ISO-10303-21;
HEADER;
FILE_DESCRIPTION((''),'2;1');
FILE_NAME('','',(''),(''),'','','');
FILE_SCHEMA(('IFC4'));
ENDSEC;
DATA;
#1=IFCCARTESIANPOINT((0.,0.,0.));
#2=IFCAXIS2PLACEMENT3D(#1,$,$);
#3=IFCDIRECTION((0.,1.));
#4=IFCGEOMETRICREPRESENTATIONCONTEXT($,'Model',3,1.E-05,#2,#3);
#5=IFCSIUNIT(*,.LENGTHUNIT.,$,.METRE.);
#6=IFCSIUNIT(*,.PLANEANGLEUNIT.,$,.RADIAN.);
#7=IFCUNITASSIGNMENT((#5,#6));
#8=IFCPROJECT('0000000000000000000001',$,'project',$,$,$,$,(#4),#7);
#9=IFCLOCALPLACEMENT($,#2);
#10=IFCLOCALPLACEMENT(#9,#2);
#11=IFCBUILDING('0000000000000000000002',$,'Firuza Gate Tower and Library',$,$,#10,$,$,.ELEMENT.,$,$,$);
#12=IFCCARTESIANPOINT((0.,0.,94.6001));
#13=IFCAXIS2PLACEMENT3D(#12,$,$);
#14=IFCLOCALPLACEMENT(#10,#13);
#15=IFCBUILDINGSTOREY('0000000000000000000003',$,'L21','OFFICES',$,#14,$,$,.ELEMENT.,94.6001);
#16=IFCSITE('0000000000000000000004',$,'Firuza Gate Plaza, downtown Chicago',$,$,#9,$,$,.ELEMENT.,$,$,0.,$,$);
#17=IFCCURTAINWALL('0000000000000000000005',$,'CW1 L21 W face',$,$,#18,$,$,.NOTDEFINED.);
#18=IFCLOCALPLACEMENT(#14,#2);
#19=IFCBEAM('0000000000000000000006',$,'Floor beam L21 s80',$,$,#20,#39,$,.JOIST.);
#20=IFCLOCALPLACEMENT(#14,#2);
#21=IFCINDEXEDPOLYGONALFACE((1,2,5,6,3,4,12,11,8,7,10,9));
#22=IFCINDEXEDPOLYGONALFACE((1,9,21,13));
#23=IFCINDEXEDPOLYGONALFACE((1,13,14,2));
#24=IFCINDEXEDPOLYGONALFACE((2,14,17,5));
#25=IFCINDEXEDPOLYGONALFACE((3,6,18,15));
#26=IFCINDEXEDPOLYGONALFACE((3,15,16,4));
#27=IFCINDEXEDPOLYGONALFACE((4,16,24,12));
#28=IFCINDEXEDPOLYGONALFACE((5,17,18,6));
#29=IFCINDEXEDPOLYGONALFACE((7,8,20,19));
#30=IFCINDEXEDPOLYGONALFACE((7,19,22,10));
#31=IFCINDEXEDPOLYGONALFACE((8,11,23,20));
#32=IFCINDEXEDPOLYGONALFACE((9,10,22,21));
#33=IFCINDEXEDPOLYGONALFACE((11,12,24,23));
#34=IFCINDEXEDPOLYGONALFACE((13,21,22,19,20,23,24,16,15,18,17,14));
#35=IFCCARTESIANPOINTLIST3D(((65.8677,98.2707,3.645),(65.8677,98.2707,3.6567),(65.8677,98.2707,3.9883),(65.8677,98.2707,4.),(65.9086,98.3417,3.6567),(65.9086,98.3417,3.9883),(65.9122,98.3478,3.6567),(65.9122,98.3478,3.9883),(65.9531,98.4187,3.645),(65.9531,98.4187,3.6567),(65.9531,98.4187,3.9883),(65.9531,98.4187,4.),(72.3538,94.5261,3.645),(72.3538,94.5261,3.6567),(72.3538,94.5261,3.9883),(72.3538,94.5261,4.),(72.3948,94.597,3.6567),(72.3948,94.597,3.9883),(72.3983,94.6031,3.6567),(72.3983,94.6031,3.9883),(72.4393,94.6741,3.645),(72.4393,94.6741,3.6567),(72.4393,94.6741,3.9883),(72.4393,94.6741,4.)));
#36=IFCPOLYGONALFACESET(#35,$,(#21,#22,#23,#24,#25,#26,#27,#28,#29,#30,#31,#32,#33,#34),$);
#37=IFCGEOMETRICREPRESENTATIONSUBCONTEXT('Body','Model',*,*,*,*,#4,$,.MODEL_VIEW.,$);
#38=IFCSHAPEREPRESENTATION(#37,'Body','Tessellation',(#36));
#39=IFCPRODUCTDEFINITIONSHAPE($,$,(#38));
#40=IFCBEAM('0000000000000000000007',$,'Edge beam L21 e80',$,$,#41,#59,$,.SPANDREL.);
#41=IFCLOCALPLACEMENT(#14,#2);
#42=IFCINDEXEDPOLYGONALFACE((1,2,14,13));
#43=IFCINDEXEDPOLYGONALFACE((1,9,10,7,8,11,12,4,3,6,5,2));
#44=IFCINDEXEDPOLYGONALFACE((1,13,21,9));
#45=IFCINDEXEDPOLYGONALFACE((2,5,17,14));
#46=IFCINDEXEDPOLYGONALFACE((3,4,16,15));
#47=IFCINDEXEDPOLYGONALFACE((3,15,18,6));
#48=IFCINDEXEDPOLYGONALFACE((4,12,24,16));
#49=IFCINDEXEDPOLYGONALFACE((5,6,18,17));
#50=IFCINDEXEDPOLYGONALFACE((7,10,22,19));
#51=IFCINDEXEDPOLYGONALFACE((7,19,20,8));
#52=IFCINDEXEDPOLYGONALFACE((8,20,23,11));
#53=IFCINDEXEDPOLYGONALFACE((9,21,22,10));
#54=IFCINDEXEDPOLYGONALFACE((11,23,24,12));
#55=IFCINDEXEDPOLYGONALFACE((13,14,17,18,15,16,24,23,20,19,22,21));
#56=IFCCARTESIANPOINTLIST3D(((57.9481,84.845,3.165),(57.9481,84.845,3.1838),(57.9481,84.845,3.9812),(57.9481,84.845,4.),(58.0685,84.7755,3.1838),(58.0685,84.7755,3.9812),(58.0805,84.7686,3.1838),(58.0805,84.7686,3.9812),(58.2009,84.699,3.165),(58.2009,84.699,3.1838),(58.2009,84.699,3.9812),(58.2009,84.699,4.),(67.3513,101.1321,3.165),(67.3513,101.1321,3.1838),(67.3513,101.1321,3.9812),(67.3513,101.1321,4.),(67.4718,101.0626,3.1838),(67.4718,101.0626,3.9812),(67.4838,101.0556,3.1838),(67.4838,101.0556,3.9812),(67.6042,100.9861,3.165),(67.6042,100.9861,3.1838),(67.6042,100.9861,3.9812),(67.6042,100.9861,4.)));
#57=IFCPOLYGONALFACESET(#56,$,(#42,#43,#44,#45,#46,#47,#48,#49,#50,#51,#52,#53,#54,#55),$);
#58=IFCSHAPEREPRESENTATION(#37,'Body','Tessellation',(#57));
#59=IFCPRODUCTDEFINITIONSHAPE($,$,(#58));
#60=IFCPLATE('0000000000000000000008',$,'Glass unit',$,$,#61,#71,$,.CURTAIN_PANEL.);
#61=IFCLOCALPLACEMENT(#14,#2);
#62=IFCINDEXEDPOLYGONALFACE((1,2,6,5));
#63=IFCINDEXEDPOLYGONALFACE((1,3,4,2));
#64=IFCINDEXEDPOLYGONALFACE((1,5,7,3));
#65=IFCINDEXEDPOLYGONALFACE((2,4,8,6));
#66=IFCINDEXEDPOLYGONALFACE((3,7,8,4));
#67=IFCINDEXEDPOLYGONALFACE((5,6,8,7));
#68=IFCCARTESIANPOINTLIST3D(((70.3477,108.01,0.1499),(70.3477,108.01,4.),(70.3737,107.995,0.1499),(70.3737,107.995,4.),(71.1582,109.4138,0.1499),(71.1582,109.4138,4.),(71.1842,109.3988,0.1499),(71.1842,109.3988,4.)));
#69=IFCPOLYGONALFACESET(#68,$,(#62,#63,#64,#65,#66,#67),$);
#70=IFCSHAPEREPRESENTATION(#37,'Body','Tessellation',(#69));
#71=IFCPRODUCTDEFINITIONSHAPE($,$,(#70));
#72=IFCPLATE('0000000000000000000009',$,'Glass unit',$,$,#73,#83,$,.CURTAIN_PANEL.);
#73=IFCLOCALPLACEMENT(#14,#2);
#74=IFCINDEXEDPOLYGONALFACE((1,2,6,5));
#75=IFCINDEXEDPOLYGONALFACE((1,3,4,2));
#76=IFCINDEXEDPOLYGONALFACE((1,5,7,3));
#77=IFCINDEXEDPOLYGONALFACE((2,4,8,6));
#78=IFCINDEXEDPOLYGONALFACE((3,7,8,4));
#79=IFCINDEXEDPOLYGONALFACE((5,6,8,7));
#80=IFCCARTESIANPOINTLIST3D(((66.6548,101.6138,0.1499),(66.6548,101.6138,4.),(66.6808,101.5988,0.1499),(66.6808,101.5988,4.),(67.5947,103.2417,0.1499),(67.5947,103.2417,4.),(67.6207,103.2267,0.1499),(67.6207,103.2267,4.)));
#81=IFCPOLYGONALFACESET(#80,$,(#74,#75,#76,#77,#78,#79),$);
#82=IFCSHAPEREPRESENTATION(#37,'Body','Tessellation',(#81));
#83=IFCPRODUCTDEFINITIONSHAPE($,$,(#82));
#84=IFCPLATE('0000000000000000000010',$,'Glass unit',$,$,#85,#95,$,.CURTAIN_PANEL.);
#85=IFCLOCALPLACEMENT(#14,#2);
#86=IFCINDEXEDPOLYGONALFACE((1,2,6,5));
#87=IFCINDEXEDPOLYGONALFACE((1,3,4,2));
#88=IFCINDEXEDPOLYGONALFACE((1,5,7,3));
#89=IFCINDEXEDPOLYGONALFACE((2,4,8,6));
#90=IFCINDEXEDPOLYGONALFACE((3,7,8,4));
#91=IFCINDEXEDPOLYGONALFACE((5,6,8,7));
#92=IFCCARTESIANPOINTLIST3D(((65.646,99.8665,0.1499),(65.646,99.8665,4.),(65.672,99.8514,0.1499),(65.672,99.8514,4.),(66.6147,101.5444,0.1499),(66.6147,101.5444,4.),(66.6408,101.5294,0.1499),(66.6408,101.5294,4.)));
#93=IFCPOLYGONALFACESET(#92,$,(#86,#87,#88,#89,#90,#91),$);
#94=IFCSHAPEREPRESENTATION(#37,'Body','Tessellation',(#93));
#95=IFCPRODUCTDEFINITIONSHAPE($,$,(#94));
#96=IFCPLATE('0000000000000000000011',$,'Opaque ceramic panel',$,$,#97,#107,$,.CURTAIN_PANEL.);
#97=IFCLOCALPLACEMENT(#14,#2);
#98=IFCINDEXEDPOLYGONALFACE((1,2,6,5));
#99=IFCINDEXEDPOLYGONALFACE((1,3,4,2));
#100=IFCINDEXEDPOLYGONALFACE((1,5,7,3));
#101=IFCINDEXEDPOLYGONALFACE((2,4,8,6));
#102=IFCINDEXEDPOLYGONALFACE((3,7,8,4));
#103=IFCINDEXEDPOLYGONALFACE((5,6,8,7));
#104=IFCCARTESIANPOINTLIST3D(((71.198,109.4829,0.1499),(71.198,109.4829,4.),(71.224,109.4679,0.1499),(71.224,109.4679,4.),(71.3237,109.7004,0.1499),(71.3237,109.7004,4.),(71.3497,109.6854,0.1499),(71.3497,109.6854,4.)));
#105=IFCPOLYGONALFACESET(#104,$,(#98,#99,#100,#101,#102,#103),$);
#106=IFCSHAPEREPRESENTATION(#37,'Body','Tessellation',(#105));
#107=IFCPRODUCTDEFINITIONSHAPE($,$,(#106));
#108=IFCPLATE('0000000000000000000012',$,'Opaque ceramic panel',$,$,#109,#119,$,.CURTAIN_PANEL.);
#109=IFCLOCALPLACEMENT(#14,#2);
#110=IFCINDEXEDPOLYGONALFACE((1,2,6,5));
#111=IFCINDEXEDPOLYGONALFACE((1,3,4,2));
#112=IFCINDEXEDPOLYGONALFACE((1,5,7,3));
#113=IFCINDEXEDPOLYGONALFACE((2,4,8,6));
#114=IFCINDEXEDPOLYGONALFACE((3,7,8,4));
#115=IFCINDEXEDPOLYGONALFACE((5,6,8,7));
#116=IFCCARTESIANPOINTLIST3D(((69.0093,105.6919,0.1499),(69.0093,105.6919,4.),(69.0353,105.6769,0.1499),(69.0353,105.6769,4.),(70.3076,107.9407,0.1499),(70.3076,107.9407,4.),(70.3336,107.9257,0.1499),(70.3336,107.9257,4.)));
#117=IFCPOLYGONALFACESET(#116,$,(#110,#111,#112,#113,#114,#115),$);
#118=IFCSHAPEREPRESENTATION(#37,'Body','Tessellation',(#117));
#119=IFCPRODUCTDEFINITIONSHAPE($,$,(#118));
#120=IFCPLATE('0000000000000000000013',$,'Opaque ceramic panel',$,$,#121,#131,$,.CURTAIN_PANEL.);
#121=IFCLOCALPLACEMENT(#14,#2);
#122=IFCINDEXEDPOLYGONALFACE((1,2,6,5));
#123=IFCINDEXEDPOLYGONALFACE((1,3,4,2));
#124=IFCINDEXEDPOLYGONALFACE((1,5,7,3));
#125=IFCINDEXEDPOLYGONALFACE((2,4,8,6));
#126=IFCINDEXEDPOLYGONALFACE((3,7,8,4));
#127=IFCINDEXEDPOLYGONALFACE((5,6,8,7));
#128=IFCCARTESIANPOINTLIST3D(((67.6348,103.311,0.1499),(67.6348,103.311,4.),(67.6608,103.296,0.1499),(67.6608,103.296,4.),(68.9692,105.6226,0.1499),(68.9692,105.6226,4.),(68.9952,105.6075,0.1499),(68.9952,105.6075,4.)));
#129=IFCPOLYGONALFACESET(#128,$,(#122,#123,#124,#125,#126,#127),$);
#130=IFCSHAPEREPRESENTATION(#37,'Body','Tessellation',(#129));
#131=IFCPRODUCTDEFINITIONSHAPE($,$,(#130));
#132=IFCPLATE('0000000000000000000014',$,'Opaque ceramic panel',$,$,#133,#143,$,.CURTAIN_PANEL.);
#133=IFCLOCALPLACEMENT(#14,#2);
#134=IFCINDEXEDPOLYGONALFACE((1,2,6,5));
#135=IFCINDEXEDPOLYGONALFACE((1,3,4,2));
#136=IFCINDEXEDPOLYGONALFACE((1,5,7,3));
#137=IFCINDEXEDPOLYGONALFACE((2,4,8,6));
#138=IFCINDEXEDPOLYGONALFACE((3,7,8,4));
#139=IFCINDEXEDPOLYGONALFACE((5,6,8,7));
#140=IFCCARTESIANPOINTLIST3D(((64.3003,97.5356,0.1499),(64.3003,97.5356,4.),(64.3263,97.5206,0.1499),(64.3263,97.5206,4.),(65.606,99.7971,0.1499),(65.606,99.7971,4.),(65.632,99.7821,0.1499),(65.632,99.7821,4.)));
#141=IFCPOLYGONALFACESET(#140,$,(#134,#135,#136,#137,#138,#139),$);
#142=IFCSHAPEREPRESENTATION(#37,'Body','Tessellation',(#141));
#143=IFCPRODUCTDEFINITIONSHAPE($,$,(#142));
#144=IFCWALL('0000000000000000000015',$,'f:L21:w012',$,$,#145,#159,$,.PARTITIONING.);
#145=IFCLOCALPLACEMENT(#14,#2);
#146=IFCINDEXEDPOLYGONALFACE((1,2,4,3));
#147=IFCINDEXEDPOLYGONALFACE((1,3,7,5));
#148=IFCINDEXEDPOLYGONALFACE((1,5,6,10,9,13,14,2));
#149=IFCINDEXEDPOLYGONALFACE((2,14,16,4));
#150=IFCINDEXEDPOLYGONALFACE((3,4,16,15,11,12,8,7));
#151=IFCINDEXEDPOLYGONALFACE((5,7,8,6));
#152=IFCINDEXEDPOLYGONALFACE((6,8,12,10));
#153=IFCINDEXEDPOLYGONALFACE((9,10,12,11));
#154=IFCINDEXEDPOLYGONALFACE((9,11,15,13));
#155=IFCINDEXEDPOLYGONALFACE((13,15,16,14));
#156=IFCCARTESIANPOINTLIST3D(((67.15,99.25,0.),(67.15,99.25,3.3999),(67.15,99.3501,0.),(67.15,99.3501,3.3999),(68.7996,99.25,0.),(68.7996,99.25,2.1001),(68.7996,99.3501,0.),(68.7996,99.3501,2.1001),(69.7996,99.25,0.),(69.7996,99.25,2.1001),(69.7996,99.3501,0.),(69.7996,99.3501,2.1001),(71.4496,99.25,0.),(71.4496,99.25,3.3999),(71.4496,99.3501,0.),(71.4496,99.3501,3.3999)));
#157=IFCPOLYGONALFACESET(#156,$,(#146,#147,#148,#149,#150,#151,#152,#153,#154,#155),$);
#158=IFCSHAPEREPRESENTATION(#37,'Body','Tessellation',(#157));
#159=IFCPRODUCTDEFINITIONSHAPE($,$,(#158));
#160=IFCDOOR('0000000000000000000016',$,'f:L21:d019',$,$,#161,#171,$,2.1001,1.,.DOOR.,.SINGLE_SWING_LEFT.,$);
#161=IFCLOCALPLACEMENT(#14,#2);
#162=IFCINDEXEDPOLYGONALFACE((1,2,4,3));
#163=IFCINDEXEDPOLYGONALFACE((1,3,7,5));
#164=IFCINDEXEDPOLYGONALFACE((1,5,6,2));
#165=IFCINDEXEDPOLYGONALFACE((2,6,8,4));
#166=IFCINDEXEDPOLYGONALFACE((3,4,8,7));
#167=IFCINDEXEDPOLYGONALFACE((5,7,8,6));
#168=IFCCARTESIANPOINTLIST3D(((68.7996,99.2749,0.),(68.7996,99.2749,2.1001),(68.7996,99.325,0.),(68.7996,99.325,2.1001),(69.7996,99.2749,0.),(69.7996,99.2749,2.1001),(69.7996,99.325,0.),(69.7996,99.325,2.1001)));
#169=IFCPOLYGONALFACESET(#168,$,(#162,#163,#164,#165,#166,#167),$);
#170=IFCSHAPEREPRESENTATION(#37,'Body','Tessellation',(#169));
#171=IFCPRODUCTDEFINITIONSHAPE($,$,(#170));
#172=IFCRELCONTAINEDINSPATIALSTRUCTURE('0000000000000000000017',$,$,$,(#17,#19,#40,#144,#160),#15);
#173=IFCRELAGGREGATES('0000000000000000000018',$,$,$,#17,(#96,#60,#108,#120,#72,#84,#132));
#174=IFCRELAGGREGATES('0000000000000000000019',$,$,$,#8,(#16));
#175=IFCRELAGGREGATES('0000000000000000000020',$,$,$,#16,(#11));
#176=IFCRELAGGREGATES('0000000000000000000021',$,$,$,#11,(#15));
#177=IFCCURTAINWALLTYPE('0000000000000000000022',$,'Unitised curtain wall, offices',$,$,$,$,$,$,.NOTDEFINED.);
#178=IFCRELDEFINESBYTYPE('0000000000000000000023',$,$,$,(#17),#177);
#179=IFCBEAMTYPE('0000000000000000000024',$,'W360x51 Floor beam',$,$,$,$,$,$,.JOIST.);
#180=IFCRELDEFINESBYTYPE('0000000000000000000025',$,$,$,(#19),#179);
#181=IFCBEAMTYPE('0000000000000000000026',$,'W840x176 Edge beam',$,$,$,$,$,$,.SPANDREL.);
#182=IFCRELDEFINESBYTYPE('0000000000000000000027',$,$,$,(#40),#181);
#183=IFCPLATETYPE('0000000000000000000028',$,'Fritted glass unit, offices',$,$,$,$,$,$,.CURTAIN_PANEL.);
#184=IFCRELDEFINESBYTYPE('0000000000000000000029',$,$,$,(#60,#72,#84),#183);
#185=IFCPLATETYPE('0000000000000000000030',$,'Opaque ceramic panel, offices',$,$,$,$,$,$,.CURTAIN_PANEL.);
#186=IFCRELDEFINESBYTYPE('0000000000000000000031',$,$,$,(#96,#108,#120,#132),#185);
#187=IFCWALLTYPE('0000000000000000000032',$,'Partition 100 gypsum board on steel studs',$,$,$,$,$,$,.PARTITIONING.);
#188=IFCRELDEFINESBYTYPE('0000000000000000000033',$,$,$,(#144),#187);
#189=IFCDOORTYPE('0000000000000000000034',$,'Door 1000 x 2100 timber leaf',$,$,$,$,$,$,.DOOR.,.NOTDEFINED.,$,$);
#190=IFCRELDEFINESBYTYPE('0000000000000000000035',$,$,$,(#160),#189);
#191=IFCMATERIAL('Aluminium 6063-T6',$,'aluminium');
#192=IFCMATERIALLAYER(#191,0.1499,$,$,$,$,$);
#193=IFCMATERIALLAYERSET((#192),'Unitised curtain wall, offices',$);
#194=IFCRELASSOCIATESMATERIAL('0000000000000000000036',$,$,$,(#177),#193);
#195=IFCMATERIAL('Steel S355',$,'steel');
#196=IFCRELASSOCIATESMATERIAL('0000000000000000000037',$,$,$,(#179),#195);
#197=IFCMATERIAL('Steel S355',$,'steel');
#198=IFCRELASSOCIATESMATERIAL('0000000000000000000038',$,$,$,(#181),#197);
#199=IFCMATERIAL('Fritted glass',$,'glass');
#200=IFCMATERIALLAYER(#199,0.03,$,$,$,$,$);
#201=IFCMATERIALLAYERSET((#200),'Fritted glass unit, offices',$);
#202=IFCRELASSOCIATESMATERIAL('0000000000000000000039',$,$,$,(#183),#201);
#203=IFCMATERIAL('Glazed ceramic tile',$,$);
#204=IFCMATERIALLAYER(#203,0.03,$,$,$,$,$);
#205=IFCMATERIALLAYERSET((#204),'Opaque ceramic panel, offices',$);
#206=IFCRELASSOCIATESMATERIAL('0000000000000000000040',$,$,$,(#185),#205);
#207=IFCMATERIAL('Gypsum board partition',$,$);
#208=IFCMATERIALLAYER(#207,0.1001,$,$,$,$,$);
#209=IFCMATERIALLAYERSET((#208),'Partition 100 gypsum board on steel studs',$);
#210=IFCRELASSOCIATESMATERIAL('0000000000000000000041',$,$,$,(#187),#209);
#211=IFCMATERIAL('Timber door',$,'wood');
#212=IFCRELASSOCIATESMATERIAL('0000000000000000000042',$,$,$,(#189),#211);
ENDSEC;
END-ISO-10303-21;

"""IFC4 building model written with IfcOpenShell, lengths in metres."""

from ifc_helpers import new_model, si_unit, direction, frame, frame_2d, origin, origin_2d, place, context, subcontext, project, spatial, polyline, rectangle, i_section, outline, extrude, material, layer, layer_set, material_profile, profile_set, type_object, element, fill, aggregate, save


model = new_model("IFC4")

# Units and contexts
model_context = context("Model", 3, precision=1e-05, world=origin(), true_north=direction((0.0, 1.0)))
body_context = subcontext(model_context, "Body", "Model", "MODEL_VIEW")
ifc_project = project(units=[si_unit("LENGTHUNIT", "METRE"), si_unit("PLANEANGLEUNIT", "RADIAN")], contexts=[model_context])

# Site, building, storey
site_placement = place(None, origin())
site = spatial("IfcSite", under=ifc_project, at=site_placement, Name="Firuza Gate Plaza, downtown Chicago", CompositionType="ELEMENT", RefElevation=0.0)
building_placement = place(site_placement, origin())
building = spatial("IfcBuilding", under=site, at=building_placement, Name="Firuza Gate Tower and Library", CompositionType="ELEMENT")
storey_placement = place(building_placement, frame((0.0, 0.0, 94.6001)))
storey = spatial("IfcBuildingStorey", under=building, at=storey_placement, Name="L21", Description="OFFICES", CompositionType="ELEMENT", Elevation=94.6001)

# Curtain wall
ifc_material_1 = material(Name="Aluminium 6063-T6", Category="aluminium")
ifc_layer_1 = layer(ifc_material_1, 0.1499)
ifc_layer_set_1 = layer_set([ifc_layer_1], Name="Unitised curtain wall, offices")
curtain_wall_type = type_object("IfcCurtainWallType", Name="Unitised curtain wall, offices", PredefinedType="NOTDEFINED", material=ifc_layer_set_1)
curtain_wall_placement = place(storey_placement, origin())
curtain_wall = element("IfcCurtainWall", 1, at=curtain_wall_placement, inside=storey, type_object=curtain_wall_type, Name="CW1 L21 W face", PredefinedType="NOTDEFINED")

# Beams
ifc_material_2 = material(Name="Steel S355", Category="steel")
ifc_material_profile_1 = material_profile(ifc_material_2, i_section(OverallWidth=0.1709, OverallDepth=0.355, WebThickness=0.0071, FlangeThickness=0.0117, at=origin_2d()))
ifc_profile_set_1 = profile_set([ifc_material_profile_1], Name="Steel S355")
beam_type_1 = type_object("IfcBeamType", Name="W360x51 Floor beam", PredefinedType="JOIST", material=ifc_profile_set_1)
beam_1_placement = place(storey_placement, frame((65.9104, 98.3447, 3.8225), z_axis=(0.866032, -0.499989, 0.0), x_axis=(0.499989, 0.866032, 0.0)))
element("IfcBeam", 2, at=beam_1_placement, inside=storey, type_object=beam_type_1, Name="Floor beam L21 s80", PredefinedType="JOIST", context=body_context, shape_type="SweptSolid", body=[
    extrude(i_section(OverallWidth=0.1709, OverallDepth=0.355, WebThickness=0.0071, FlangeThickness=0.0117, at=origin_2d()), origin(), (0.0, 0.0, 1.0), 7.4895),
])
ifc_material_3 = material(Name="Steel S355", Category="steel")
ifc_material_profile_2 = material_profile(ifc_material_3, i_section(OverallWidth=0.292, OverallDepth=0.835, WebThickness=0.0139, FlangeThickness=0.0188, at=origin_2d()))
ifc_profile_set_2 = profile_set([ifc_material_profile_2], Name="Steel S355")
beam_type_2 = type_object("IfcBeamType", Name="W840x176 Edge beam", PredefinedType="SPANDREL", material=ifc_profile_set_2)
beam_2_placement = place(storey_placement, frame((67.4778, 101.0591, 3.5825), z_axis=(-0.499998, -0.866026, 0.0), x_axis=(0.866026, -0.499998, 0.0)))
element("IfcBeam", 3, at=beam_2_placement, inside=storey, type_object=beam_type_2, Name="Edge beam L21 e80", PredefinedType="SPANDREL", context=body_context, shape_type="SweptSolid", body=[
    extrude(i_section(OverallWidth=0.292, OverallDepth=0.835, WebThickness=0.0139, FlangeThickness=0.0188, at=origin_2d()), origin(), (0.0, 0.0, 1.0), 18.8066),
])

# Plates
ifc_material_4 = material(Name="Fritted glass", Category="glass")
ifc_layer_2 = layer(ifc_material_4, 0.03)
ifc_layer_set_2 = layer_set([ifc_layer_2], Name="Fritted glass unit, offices")
plate_type_1 = type_object("IfcPlateType", Name="Fritted glass unit, offices", PredefinedType="CURTAIN_PANEL", material=ifc_layer_set_2)
plate_1_placement = place(storey_placement, frame((71.1582, 109.4138, 0.1499), z_axis=(-0.86601, 0.500027, 0.0), x_axis=(-0.500027, -0.86601, 0.0)))
plate_1 = element("IfcPlate", 4, at=plate_1_placement, type_object=plate_type_1, Name="Glass unit", PredefinedType="CURTAIN_PANEL", context=body_context, shape_type="SweptSolid", body=[
    extrude(outline(polyline([(0.0, 0.0), (1.621, 0.0), (1.621, 3.8501), (0.0, 3.8501), (0.0, 0.0)])), origin(), (0.0, 0.0, -1.0), 0.03),
])
plate_2_placement = place(storey_placement, frame((67.5947, 103.2417, 0.1499), z_axis=(-0.866013, 0.500022, 0.0), x_axis=(-0.500022, -0.866013, 0.0)))
plate_2 = element("IfcPlate", 5, at=plate_2_placement, type_object=plate_type_1, Name="Glass unit", PredefinedType="CURTAIN_PANEL", context=body_context, shape_type="SweptSolid", body=[
    extrude(outline(polyline([(0.0, 0.0), (1.8798, 0.0), (1.8798, 3.8501), (0.0, 3.8501), (0.0, 0.0)])), origin(), (0.0, 0.0, -1.0), 0.03),
])
plate_3_placement = place(storey_placement, frame((66.6147, 101.5444, 0.1499), z_axis=(-0.866032, 0.499988, 0.0), x_axis=(-0.499988, -0.866032, 0.0)))
plate_3 = element("IfcPlate", 6, at=plate_3_placement, type_object=plate_type_1, Name="Glass unit", PredefinedType="CURTAIN_PANEL", context=body_context, shape_type="SweptSolid", body=[
    extrude(outline(polyline([(0.0, 0.0), (1.9375, 0.0), (1.9375, 3.8501), (0.0, 3.8501), (0.0, 0.0)])), origin(), (0.0, 0.0, -1.0), 0.03),
])
ifc_material_5 = material(Name="Glazed ceramic tile")
ifc_layer_3 = layer(ifc_material_5, 0.03)
ifc_layer_set_3 = layer_set([ifc_layer_3], Name="Opaque ceramic panel, offices")
plate_type_2 = type_object("IfcPlateType", Name="Opaque ceramic panel, offices", PredefinedType="CURTAIN_PANEL", material=ifc_layer_set_3)
plate_4_placement = place(storey_placement, frame((71.3237, 109.7004, 0.1499), z_axis=(-0.865781, 0.500423, 0.0), x_axis=(-0.500423, -0.865781, 0.0)))
plate_4 = element("IfcPlate", 7, at=plate_4_placement, type_object=plate_type_2, Name="Opaque ceramic panel", PredefinedType="CURTAIN_PANEL", context=body_context, shape_type="SweptSolid", body=[
    extrude(outline(polyline([(0.0, 0.0), (0.2513, 0.0), (0.2513, 3.8501), (0.0, 3.8501), (0.0, 0.0)])), origin(), (0.0, 0.0, -1.0), 0.03),
])
plate_5_placement = place(storey_placement, frame((70.3076, 107.9407, 0.1499), z_axis=(-0.866024, 0.500002, 0.0), x_axis=(-0.500002, -0.866024, 0.0)))
plate_5 = element("IfcPlate", 8, at=plate_5_placement, type_object=plate_type_2, Name="Opaque ceramic panel", PredefinedType="CURTAIN_PANEL", context=body_context, shape_type="SweptSolid", body=[
    extrude(outline(polyline([(0.0, 0.0), (2.5967, 0.0), (2.5967, 3.8501), (0.0, 3.8501), (0.0, 0.0)])), origin(), (0.0, 0.0, -1.0), 0.03),
])
plate_6_placement = place(storey_placement, frame((68.9692, 105.6226, 0.1499), z_axis=(-0.866039, 0.499976, 0.0), x_axis=(-0.499976, -0.866039, 0.0)))
plate_6 = element("IfcPlate", 9, at=plate_6_placement, type_object=plate_type_2, Name="Opaque ceramic panel", PredefinedType="CURTAIN_PANEL", context=body_context, shape_type="SweptSolid", body=[
    extrude(outline(polyline([(0.0, 0.0), (2.6691, 0.0), (2.6691, 3.8501), (0.0, 3.8501), (0.0, 0.0)])), origin(), (0.0, 0.0, -1.0), 0.03),
])
plate_7_placement = place(storey_placement, frame((65.606, 99.7971, 0.1499), z_axis=(-0.866025, 0.5, 0.0), x_axis=(-0.5, -0.866025, 0.0)))
plate_7 = element("IfcPlate", 10, at=plate_7_placement, type_object=plate_type_2, Name="Opaque ceramic panel", PredefinedType="CURTAIN_PANEL", context=body_context, shape_type="SweptSolid", body=[
    extrude(outline(polyline([(0.0, 0.0), (2.6113, 0.0), (2.6113, 3.8501), (0.0, 3.8501), (0.0, 0.0)])), origin(), (0.0, 0.0, -1.0), 0.03),
])
aggregate(curtain_wall, [plate_4, plate_1, plate_5, plate_6, plate_2, plate_3, plate_7])

# Wall, opening, door
ifc_material_6 = material(Name="Gypsum board partition")
ifc_layer_4 = layer(ifc_material_6, 0.1001)
ifc_layer_set_4 = layer_set([ifc_layer_4], Name="Partition 100 gypsum board on steel studs")
wall_type = type_object("IfcWallType", Name="Partition 100 gypsum board on steel studs", PredefinedType="PARTITIONING", material=ifc_layer_set_4)
wall_1_placement = place(storey_placement, frame((67.1499, 99.3, 0.0), z_axis=(0.0, 0.0, 1.0), x_axis=(1.0, 0.0, 0.0)))
wall_1 = element("IfcWall", 11, at=wall_1_placement, inside=storey, type_object=wall_type, Name="f:L21:w012", PredefinedType="PARTITIONING", context=body_context, shape_type="SweptSolid", body=[
    extrude(rectangle(XDim=4.2996, YDim=0.1001, at=frame_2d((2.1499, 0.0))), origin(), (0.0, 0.0, 1.0), 3.3999),
])
opening_placement = place(wall_1_placement, frame((1.6497, 0.0, 0.0)))
opening = element("IfcOpeningElement", 12, at=opening_placement, cuts=wall_1, PredefinedType="OPENING", context=body_context, shape_type="SweptSolid", body=[
    extrude(rectangle(XDim=1.0, YDim=2.1001, at=frame_2d((0.5, 1.05))), frame((0.0, 0.0601, 0.0), z_axis=(0.0, -1.0, 0.0), x_axis=(1.0, 0.0, 0.0)), (0.0, 0.0, 1.0), 0.1201),
])
ifc_material_7 = material(Name="Timber door", Category="wood")
door_type = type_object("IfcDoorType", Name="Door 1000 x 2100 timber leaf", OperationType="NOTDEFINED", PredefinedType="DOOR", material=ifc_material_7)
door_placement = place(opening_placement, origin())
door = element("IfcDoor", 13, at=door_placement, inside=storey, type_object=door_type, Name="f:L21:d019", OperationType="SINGLE_SWING_LEFT", OverallHeight=2.1001, OverallWidth=1.0, PredefinedType="DOOR", context=body_context, shape_type="SweptSolid", body=[
    extrude(rectangle(XDim=1.0, YDim=2.1001, at=frame_2d((0.5, 1.05))), frame((0.0, 0.0249, 0.0), z_axis=(0.0, -1.0, 0.0), x_axis=(1.0, 0.0, 0.0)), (0.0, 0.0, 1.0), 0.05),
])
fill(opening, door)

save(model, "model.ifc")
